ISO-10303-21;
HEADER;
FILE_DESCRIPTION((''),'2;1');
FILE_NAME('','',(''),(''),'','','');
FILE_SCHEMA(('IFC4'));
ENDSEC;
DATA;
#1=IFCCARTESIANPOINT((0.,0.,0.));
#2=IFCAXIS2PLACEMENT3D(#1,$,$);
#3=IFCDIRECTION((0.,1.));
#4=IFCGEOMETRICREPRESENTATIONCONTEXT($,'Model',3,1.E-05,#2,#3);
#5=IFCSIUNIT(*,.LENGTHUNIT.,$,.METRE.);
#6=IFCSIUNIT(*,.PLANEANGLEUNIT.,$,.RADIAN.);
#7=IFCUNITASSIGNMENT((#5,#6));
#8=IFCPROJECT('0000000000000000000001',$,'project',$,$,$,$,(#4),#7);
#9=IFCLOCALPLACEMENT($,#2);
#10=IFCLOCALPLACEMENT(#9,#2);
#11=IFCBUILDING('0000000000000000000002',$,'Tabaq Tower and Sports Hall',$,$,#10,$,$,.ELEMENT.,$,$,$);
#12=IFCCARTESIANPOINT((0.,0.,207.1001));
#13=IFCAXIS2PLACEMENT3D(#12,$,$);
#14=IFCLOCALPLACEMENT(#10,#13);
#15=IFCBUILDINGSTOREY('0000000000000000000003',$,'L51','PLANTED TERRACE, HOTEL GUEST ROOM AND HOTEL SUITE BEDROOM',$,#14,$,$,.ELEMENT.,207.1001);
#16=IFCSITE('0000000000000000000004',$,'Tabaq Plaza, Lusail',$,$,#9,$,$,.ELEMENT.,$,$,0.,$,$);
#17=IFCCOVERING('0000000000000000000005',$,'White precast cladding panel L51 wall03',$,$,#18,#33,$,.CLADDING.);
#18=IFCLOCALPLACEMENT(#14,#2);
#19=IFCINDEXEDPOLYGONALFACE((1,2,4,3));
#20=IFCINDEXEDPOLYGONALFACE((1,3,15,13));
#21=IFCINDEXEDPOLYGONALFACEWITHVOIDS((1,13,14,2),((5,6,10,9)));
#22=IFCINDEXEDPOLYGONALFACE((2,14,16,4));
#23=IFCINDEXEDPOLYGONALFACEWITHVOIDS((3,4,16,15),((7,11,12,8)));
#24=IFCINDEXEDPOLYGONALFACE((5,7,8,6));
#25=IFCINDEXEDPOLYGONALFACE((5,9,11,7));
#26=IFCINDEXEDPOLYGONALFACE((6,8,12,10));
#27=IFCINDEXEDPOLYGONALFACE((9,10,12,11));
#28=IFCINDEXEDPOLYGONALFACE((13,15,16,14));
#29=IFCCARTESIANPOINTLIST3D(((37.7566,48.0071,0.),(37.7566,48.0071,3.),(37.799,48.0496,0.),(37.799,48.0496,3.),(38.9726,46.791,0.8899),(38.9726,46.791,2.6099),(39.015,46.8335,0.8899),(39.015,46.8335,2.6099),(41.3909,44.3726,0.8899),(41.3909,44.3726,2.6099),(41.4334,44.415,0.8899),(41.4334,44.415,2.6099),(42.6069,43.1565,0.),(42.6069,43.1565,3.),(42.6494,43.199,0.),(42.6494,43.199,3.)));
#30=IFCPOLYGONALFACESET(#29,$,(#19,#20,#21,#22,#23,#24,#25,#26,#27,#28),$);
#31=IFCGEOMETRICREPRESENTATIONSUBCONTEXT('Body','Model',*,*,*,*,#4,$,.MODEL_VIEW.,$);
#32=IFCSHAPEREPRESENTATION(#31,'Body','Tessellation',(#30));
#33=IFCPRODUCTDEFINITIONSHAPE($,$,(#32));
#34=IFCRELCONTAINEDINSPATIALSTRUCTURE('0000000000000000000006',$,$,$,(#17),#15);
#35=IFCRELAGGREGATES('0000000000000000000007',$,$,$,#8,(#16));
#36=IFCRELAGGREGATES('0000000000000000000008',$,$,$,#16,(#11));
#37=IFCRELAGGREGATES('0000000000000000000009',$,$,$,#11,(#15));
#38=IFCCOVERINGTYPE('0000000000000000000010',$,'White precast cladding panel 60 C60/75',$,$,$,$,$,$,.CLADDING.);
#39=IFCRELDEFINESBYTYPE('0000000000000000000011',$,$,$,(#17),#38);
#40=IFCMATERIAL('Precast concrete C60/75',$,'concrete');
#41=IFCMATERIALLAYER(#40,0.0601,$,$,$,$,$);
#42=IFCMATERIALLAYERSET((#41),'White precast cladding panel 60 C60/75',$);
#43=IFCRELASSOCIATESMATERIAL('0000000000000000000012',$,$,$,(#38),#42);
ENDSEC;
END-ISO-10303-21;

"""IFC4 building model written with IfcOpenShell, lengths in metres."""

from ifc_helpers import new_model, si_unit, direction, frame, origin, place, context, subcontext, project, spatial, polyline, outline, extrude, material, layer, layer_set, type_object, element, save


model = new_model("IFC4")

# Units and contexts
model_context = context("Model", 3, precision=1e-05, world=origin(), true_north=direction((0.0, 1.0)))
body_context = subcontext(model_context, "Body", "Model", "MODEL_VIEW")
ifc_project = project(units=[si_unit("LENGTHUNIT", "METRE"), si_unit("PLANEANGLEUNIT", "RADIAN")], contexts=[model_context])

# Site, building, storey
site_placement = place(None, origin())
site = spatial("IfcSite", under=ifc_project, at=site_placement, Name="Tabaq Plaza, Lusail", CompositionType="ELEMENT", RefElevation=0.0)
building_placement = place(site_placement, origin())
building = spatial("IfcBuilding", under=site, at=building_placement, Name="Tabaq Tower and Sports Hall", CompositionType="ELEMENT")
storey_placement = place(building_placement, frame((0.0, 0.0, 207.1001)))
storey = spatial("IfcBuildingStorey", under=building, at=storey_placement, Name="L51", Description="PLANTED TERRACE, HOTEL GUEST ROOM AND HOTEL SUITE BEDROOM", CompositionType="ELEMENT", Elevation=207.1001)

# Covering
ifc_material_1 = material(Name="Precast concrete C60/75", Category="concrete")
ifc_layer_1 = layer(ifc_material_1, 0.0601)
ifc_layer_set_1 = layer_set([ifc_layer_1], Name="White precast cladding panel 60 C60/75")
covering_type_1 = type_object("IfcCoveringType", Name="White precast cladding panel 60 C60/75", PredefinedType="CLADDING", material=ifc_layer_set_1)
covering_1_placement = place(storey_placement, frame((42.6282, 43.1777, 0.0), z_axis=(0.0, 0.0, 1.0), x_axis=(-0.707089, 0.707125, 0.0)))
element("IfcCovering", 1, at=covering_1_placement, inside=storey, type_object=covering_type_1, Name="White precast cladding panel L51 wall03", PredefinedType="CLADDING", context=body_context, shape_type="SweptSolid", body=[
    extrude(outline(polyline([(0.0, 0.0), (6.8596, 0.0), (6.8596, 3.0), (0.0, 3.0), (0.0, 0.0)]), holes=[polyline([(1.7197, 0.8899), (1.7197, 2.6099), (5.1399, 2.6099), (5.1399, 0.8899), (1.7197, 0.8899)])]), frame((0.0, 0.03, 0.0), z_axis=(0.0, -1.0, 0.0), x_axis=(1.0, 0.0, 0.0)), (0.0, 0.0, 1.0), 0.0601),
])

save(model, "model.ifc")
